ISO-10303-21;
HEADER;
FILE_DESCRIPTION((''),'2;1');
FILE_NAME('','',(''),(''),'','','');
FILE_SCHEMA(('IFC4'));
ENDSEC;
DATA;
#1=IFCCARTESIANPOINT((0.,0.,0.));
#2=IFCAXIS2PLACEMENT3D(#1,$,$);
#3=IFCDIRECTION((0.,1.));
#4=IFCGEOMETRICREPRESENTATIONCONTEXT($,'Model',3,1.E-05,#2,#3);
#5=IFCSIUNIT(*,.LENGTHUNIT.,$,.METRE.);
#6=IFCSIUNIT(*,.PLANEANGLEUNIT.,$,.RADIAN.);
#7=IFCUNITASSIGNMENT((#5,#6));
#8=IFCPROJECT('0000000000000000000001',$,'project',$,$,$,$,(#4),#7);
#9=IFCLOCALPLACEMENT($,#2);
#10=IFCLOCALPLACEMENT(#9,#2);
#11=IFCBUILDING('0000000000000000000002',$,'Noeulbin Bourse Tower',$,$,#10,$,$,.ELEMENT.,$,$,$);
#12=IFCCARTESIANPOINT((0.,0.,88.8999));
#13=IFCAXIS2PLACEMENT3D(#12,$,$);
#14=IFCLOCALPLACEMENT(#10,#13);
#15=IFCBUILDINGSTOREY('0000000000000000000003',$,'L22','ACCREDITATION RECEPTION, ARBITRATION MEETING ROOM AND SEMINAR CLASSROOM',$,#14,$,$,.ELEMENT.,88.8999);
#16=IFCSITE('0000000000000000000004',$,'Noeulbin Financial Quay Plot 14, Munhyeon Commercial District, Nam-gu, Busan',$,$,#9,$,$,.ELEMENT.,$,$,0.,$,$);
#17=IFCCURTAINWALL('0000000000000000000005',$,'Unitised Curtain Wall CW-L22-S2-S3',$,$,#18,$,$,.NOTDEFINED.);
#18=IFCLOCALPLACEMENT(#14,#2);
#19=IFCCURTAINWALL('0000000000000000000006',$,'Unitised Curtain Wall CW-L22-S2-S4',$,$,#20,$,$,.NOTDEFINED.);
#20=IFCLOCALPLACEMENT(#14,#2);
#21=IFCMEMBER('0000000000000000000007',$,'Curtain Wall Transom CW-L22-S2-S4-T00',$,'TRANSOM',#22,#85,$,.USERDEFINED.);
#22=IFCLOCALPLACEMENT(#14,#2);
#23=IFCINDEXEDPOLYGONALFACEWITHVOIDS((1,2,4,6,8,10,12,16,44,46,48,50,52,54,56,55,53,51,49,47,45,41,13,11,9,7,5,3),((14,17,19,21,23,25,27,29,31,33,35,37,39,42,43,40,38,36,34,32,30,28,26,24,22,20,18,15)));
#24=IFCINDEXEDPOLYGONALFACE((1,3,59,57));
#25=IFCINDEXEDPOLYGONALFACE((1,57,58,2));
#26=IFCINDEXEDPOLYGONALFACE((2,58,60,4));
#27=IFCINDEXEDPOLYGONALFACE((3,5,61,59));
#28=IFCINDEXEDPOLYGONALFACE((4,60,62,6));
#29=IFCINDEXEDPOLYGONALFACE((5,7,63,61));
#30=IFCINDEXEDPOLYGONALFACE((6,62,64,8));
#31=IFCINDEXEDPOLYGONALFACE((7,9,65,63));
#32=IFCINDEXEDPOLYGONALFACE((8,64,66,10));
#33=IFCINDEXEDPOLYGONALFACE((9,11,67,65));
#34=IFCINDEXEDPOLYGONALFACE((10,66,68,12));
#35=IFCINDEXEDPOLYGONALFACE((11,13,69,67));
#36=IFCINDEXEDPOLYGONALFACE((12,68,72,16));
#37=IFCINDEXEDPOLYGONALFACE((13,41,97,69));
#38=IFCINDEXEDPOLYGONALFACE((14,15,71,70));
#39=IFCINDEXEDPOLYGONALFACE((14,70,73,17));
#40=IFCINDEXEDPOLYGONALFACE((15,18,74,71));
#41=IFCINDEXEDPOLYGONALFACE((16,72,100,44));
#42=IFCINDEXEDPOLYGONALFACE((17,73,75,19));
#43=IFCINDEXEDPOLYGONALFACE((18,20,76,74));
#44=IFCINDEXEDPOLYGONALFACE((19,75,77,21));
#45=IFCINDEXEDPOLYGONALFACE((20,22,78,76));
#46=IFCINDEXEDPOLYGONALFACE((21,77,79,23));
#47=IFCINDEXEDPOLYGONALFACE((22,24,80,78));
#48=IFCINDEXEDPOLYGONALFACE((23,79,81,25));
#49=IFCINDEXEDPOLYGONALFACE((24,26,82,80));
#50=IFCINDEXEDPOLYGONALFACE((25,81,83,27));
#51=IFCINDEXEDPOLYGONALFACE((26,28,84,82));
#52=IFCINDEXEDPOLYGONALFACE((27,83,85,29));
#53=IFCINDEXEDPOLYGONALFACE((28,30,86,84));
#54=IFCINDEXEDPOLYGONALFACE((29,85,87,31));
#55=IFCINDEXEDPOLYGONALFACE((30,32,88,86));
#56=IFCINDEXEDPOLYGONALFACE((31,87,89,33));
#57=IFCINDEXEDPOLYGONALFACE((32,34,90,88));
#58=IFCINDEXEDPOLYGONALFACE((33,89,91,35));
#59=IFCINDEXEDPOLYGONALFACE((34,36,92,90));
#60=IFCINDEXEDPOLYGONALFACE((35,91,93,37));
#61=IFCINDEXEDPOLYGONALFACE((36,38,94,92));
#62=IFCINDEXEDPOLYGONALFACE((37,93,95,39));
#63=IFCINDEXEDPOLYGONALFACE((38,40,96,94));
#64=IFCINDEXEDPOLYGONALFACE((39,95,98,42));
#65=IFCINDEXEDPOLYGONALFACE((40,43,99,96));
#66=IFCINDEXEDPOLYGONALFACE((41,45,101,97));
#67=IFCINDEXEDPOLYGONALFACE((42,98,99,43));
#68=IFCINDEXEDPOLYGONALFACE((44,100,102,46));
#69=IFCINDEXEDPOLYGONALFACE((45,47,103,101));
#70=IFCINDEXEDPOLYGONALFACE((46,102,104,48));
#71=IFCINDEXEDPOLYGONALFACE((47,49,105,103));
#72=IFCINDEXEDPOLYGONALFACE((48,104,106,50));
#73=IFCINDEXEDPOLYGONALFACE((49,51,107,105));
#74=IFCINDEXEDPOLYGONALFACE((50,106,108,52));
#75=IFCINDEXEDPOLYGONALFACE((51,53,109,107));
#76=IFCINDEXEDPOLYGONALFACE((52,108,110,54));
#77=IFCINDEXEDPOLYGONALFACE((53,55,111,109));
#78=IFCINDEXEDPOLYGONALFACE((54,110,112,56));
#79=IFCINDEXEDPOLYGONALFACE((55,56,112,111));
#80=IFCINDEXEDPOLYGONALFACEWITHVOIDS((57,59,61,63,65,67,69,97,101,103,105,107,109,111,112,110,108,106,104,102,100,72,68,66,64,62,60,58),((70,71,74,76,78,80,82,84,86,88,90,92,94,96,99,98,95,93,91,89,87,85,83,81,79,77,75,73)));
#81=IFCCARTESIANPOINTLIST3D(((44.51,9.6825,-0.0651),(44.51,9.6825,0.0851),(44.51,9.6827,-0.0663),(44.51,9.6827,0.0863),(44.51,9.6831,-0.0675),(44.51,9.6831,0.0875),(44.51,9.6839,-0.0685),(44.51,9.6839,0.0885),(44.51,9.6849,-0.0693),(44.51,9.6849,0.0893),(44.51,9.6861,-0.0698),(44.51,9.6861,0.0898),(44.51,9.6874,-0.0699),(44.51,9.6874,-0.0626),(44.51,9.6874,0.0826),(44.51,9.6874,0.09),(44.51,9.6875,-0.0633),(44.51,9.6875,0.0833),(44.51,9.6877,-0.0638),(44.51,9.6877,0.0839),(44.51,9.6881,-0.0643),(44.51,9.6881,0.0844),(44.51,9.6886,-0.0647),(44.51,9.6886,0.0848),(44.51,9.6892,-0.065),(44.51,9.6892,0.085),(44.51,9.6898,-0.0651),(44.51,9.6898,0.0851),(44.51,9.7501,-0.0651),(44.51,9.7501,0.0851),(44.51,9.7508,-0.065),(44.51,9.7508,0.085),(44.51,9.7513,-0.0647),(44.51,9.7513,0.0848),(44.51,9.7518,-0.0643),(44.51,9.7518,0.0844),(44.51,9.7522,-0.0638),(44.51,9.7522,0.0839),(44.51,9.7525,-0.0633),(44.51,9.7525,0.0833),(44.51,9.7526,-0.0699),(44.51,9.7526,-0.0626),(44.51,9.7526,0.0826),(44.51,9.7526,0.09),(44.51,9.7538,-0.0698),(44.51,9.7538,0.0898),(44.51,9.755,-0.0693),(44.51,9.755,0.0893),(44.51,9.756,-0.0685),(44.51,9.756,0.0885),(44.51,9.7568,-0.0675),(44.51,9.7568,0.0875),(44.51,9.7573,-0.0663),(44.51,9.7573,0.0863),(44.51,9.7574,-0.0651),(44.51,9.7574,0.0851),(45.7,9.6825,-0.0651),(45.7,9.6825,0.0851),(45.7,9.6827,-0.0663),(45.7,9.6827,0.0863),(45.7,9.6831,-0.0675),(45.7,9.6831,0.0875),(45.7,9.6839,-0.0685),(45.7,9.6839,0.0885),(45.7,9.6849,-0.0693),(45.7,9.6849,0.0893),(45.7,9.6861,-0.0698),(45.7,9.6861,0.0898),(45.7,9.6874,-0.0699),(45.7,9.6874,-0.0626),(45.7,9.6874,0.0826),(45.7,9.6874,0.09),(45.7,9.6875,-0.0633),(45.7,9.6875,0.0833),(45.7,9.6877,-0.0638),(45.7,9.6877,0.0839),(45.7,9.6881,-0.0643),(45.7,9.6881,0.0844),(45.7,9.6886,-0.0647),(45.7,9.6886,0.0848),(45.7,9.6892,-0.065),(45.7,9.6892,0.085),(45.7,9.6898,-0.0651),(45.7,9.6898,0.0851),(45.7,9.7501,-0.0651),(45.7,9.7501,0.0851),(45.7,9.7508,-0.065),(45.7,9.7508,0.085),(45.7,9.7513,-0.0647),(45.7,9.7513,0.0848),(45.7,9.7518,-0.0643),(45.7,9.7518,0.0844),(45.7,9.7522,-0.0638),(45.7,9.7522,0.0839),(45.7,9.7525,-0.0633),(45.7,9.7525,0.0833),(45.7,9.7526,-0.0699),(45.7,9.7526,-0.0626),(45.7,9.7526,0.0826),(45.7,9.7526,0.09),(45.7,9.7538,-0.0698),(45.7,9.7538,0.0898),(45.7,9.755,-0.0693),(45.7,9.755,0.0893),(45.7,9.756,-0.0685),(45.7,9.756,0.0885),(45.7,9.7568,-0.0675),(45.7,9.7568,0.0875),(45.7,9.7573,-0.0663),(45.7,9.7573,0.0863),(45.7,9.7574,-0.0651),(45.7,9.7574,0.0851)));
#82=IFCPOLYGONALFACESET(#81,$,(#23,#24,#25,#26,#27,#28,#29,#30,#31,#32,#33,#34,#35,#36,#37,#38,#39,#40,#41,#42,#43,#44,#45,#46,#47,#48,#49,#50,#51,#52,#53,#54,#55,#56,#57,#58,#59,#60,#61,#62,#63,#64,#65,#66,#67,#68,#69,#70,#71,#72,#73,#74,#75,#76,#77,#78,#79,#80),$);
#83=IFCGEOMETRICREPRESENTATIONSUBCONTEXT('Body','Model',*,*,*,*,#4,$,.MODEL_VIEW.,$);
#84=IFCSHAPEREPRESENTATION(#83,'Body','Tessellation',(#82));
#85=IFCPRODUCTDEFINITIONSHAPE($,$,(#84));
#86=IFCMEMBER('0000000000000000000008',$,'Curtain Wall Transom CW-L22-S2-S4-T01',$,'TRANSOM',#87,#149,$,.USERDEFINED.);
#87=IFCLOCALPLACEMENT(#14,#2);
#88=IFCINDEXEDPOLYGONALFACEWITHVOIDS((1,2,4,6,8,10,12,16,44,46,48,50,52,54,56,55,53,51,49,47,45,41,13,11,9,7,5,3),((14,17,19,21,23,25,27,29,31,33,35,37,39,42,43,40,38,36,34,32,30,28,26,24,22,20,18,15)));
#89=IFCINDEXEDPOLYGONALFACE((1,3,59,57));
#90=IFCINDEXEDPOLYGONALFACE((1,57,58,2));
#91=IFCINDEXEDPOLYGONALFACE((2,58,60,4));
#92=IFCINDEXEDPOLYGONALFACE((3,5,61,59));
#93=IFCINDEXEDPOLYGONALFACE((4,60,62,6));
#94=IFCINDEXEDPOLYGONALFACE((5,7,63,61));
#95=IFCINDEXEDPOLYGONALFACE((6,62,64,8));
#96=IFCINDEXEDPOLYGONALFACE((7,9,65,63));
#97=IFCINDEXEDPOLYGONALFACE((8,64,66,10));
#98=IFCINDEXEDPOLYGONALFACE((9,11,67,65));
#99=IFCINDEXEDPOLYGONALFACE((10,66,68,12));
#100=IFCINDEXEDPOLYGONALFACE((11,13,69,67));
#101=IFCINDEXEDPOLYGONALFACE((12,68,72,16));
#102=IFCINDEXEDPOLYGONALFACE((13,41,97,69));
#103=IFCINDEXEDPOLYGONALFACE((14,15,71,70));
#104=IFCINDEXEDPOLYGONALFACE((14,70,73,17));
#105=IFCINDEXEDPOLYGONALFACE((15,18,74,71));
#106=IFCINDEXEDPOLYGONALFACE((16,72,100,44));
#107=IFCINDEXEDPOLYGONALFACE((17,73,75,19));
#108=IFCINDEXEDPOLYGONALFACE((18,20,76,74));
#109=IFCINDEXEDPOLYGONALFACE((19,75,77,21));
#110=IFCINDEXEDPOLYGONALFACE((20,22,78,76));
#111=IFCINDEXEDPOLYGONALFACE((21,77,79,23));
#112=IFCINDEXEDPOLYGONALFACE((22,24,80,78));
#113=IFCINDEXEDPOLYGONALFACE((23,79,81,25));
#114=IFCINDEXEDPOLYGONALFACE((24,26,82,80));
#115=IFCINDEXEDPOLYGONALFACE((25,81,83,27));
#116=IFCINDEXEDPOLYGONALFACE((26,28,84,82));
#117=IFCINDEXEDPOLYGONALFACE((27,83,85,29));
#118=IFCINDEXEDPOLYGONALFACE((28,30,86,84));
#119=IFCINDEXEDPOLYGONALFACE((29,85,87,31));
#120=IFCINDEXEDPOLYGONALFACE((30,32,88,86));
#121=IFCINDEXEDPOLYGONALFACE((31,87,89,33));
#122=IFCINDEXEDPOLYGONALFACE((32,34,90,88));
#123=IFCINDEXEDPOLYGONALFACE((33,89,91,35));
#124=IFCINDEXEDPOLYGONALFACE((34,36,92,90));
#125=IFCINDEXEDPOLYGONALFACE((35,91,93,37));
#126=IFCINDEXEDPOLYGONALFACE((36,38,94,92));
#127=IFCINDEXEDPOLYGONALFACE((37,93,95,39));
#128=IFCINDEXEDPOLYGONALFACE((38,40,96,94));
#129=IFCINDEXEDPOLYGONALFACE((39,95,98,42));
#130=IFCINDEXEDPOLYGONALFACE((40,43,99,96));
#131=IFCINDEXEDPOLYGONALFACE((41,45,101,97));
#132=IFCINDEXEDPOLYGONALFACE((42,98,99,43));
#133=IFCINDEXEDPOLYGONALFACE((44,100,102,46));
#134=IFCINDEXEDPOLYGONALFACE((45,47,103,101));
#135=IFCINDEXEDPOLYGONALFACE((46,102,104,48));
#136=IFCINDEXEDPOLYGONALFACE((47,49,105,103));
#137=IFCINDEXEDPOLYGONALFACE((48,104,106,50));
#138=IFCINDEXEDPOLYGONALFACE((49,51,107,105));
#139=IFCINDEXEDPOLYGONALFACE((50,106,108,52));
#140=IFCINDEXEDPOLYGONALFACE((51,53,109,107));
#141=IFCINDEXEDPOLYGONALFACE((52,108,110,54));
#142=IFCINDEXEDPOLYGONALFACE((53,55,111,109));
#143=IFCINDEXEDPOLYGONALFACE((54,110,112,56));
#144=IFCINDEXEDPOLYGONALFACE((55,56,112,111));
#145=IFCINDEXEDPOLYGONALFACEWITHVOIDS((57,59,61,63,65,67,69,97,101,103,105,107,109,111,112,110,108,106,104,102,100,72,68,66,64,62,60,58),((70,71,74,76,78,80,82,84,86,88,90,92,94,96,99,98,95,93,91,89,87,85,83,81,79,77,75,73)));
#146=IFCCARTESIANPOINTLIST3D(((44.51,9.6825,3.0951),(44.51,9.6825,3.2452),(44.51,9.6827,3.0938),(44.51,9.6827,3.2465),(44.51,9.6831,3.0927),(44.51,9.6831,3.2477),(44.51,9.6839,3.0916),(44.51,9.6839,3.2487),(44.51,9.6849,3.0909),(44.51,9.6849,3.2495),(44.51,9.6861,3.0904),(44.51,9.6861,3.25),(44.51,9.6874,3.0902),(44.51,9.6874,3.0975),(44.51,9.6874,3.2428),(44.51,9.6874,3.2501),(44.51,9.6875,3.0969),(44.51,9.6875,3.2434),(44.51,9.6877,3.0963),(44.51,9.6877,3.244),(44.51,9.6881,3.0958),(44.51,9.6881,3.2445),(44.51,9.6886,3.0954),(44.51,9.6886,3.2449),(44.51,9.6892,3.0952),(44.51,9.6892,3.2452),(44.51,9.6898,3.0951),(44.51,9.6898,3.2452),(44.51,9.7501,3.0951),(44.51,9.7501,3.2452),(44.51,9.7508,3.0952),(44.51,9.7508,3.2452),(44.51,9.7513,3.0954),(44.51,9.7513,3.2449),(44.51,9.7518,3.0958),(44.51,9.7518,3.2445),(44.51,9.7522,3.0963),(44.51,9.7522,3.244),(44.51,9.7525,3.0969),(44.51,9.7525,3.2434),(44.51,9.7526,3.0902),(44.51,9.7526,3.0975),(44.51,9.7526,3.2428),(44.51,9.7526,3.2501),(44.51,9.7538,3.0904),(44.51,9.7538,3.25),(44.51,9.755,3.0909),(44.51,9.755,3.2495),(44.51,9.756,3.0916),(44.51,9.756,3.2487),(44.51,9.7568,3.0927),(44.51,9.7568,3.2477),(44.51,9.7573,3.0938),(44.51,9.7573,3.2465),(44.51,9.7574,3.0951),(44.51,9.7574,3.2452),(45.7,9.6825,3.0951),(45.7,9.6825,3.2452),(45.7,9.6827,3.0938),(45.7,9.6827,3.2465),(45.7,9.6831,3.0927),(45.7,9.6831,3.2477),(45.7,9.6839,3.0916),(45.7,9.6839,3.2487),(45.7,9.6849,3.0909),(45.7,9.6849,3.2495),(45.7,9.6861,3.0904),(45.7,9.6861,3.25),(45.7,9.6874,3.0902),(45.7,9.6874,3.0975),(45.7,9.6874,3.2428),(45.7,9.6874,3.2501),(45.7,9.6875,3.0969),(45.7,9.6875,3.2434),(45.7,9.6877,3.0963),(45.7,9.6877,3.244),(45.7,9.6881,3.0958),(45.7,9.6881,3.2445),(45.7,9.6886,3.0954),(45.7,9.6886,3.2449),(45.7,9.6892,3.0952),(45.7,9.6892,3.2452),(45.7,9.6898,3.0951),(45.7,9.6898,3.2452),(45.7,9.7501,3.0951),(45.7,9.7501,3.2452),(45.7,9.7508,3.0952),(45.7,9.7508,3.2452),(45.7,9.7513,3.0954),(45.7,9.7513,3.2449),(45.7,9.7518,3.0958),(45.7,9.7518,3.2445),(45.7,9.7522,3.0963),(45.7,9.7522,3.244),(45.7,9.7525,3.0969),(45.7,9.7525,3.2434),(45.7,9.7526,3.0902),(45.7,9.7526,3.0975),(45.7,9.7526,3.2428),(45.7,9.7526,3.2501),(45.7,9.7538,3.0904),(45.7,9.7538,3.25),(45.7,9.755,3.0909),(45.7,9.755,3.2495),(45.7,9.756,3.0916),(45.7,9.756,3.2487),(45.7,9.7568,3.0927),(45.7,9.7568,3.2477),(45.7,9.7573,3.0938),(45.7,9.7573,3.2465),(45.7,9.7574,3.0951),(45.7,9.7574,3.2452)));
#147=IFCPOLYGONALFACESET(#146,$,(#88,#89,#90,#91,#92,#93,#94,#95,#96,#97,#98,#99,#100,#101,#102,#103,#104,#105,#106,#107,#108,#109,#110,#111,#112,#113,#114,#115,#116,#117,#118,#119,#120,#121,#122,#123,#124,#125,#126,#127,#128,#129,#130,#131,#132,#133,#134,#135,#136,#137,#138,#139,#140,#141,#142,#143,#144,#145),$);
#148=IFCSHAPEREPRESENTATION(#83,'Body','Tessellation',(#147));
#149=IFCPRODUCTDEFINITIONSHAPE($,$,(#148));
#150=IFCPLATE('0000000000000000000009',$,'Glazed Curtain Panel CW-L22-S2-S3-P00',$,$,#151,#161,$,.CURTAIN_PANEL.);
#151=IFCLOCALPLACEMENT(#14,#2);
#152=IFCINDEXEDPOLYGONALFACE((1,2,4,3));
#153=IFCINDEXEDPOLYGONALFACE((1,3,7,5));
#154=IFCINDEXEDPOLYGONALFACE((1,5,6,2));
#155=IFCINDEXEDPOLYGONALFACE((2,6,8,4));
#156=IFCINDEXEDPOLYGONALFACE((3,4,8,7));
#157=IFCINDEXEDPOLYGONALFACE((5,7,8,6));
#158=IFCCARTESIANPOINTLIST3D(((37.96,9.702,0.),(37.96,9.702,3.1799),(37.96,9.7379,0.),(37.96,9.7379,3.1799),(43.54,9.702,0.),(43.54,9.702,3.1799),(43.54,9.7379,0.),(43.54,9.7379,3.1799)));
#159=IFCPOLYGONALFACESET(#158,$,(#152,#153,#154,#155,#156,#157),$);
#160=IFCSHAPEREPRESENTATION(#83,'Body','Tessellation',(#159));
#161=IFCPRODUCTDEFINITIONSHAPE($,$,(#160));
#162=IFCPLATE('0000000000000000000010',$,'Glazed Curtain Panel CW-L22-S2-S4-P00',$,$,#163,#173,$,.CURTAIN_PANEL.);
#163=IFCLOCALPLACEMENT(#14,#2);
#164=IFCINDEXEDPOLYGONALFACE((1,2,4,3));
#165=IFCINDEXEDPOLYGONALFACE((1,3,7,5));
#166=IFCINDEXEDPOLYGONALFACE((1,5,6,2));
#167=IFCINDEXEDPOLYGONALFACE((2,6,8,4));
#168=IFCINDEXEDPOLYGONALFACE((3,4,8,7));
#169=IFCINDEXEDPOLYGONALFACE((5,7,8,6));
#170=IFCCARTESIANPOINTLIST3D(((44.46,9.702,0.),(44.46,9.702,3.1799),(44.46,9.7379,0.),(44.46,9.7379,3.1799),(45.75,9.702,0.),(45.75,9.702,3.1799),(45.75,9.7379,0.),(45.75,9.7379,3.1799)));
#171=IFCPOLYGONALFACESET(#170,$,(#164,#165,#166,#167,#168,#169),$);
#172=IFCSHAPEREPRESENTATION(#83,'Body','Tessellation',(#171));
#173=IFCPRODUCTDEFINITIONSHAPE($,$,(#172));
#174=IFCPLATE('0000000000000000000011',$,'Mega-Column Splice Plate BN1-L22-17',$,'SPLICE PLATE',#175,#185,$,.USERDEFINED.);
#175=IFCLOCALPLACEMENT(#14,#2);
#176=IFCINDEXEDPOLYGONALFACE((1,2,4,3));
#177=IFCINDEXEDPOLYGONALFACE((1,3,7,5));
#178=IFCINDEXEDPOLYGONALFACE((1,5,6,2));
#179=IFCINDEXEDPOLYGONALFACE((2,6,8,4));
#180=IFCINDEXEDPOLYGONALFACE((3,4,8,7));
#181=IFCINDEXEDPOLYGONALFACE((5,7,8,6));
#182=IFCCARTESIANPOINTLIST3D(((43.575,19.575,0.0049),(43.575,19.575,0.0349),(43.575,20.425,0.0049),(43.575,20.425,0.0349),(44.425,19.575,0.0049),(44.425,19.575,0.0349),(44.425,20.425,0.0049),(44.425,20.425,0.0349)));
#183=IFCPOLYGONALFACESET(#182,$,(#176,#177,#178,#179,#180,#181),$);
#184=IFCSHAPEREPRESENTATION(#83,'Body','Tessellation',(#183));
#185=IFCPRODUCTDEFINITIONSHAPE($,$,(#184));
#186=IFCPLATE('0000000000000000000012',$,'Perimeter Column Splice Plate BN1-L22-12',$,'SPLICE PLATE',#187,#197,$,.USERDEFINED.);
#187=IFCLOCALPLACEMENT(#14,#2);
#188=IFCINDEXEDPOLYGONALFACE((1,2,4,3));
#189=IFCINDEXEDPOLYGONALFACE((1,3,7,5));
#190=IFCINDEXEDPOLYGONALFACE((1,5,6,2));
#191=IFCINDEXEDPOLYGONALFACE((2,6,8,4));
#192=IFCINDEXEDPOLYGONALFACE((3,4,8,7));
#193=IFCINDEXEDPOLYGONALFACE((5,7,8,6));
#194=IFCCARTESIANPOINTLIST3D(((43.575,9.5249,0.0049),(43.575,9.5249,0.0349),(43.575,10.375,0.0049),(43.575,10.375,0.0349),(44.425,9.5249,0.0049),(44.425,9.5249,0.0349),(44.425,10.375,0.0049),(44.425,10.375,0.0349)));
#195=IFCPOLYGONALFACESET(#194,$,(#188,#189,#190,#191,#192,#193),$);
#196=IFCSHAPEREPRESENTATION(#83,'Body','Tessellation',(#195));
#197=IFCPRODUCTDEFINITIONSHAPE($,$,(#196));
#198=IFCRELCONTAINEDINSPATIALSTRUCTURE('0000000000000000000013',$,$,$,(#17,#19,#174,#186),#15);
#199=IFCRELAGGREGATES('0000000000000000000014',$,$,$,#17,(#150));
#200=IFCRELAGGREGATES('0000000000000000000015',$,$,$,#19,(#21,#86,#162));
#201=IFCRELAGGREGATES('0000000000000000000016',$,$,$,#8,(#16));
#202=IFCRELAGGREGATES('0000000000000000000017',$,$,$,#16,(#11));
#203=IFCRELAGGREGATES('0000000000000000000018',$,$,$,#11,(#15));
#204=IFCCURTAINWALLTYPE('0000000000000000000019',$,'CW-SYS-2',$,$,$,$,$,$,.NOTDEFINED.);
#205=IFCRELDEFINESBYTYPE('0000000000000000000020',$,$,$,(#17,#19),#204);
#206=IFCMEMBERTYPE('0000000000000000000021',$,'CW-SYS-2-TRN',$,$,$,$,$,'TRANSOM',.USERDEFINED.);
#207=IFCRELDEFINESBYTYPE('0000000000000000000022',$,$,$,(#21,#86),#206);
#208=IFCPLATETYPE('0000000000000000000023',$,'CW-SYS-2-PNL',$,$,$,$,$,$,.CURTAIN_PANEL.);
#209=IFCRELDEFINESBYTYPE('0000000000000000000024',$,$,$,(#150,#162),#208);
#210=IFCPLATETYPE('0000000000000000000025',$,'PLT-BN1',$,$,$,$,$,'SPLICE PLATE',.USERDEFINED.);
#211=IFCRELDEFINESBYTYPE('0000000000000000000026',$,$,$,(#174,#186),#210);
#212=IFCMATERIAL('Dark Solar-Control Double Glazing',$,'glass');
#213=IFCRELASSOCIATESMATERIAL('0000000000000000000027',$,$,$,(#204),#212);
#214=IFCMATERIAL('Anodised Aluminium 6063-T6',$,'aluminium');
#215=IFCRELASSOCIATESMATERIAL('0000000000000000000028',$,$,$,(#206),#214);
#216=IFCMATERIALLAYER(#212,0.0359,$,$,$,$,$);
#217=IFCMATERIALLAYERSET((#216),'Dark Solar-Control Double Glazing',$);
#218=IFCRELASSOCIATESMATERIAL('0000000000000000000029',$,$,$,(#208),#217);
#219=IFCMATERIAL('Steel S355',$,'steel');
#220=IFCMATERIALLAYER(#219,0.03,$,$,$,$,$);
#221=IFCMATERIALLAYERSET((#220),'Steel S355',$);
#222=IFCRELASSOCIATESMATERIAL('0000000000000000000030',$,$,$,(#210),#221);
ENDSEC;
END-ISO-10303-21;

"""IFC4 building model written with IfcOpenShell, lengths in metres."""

from ifc_helpers import new_model, si_unit, direction, frame, origin, origin_2d, place, context, subcontext, project, spatial, rectangle, hollow_rectangle, extrude, material, layer, layer_set, material_profile, profile_set, type_object, element, aggregate, save


model = new_model("IFC4")

# Units and contexts
model_context = context("Model", 3, precision=1e-05, world=origin(), true_north=direction((0.0, 1.0)))
body_context = subcontext(model_context, "Body", "Model", "MODEL_VIEW")
ifc_project = project(units=[si_unit("LENGTHUNIT", "METRE"), si_unit("PLANEANGLEUNIT", "RADIAN")], contexts=[model_context])

# Site, building, storey
site_placement = place(None, origin())
site = spatial("IfcSite", under=ifc_project, at=site_placement, Name="Noeulbin Financial Quay Plot 14, Munhyeon Commercial District, Nam-gu, Busan", CompositionType="ELEMENT", RefElevation=0.0)
building_placement = place(site_placement, origin())
building = spatial("IfcBuilding", under=site, at=building_placement, Name="Noeulbin Bourse Tower", CompositionType="ELEMENT")
storey_placement = place(building_placement, frame((0.0, 0.0, 88.8999)))
storey = spatial("IfcBuildingStorey", under=building, at=storey_placement, Name="L22", Description="ACCREDITATION RECEPTION, ARBITRATION MEETING ROOM AND SEMINAR CLASSROOM", CompositionType="ELEMENT", Elevation=88.8999)

# Shared definitions
ifc_material_1 = material(Name="Steel S355", Category="steel")

# Curtain wall
ifc_material_2 = material(Name="Dark Solar-Control Double Glazing", Category="glass")
curtain_wall_type = type_object("IfcCurtainWallType", Name="CW-SYS-2", PredefinedType="NOTDEFINED", material=ifc_material_2)
curtain_wall_1_placement = place(storey_placement, origin())
curtain_wall_1 = element("IfcCurtainWall", 1, at=curtain_wall_1_placement, inside=storey, type_object=curtain_wall_type, Name="Unitised Curtain Wall CW-L22-S2-S3", PredefinedType="NOTDEFINED")
ifc_material_3 = material(Name="Anodised Aluminium 6063-T6", Category="aluminium")

# Curtain wall, members
curtain_wall_2_placement = place(storey_placement, origin())
curtain_wall_2 = element("IfcCurtainWall", 2, at=curtain_wall_2_placement, inside=storey, type_object=curtain_wall_type, Name="Unitised Curtain Wall CW-L22-S2-S4", PredefinedType="NOTDEFINED")
ifc_material_profile_1 = material_profile(ifc_material_3, hollow_rectangle(XDim=0.075, YDim=0.1599, WallThickness=0.0049, InnerFilletRadius=0.0024, OuterFilletRadius=0.0049, at=origin_2d()), Name="ALU-TRAN-75x160x5", Category="LoadBearing")
ifc_profile_set_1 = profile_set([ifc_material_profile_1], Name="Anodised Aluminium 6063-T6")
member_type_1 = type_object("IfcMemberType", Name="CW-SYS-2-TRN", ElementType="TRANSOM", PredefinedType="USERDEFINED", material=ifc_profile_set_1)
member_1_placement = place(storey_placement, frame((44.51, 9.72, 0.01), z_axis=(1.0, 0.0, 0.0), x_axis=(0.0, 1.0, 0.0)))
member_1 = element("IfcMember", 3, at=member_1_placement, type_object=member_type_1, Name="Curtain Wall Transom CW-L22-S2-S4-T00", ObjectType="TRANSOM", PredefinedType="USERDEFINED", context=body_context, shape_type="SweptSolid", body=[
    extrude(hollow_rectangle(XDim=0.075, YDim=0.1599, WallThickness=0.0049, InnerFilletRadius=0.0024, OuterFilletRadius=0.0049, at=origin_2d()), origin(), (0.0, 0.0, 1.0), 1.1899),
])
member_2_placement = place(storey_placement, frame((44.51, 9.72, 3.1702), z_axis=(1.0, 0.0, 0.0), x_axis=(0.0, 1.0, 0.0)))
member_2 = element("IfcMember", 4, at=member_2_placement, type_object=member_type_1, Name="Curtain Wall Transom CW-L22-S2-S4-T01", ObjectType="TRANSOM", PredefinedType="USERDEFINED", context=body_context, shape_type="SweptSolid", body=[
    extrude(hollow_rectangle(XDim=0.075, YDim=0.1599, WallThickness=0.0049, InnerFilletRadius=0.0024, OuterFilletRadius=0.0049, at=origin_2d()), origin(), (0.0, 0.0, 1.0), 1.1899),
])

# Plates
ifc_layer_1 = layer(ifc_material_2, 0.0359)
ifc_layer_set_1 = layer_set([ifc_layer_1], Name="Dark Solar-Control Double Glazing")
plate_type_1 = type_object("IfcPlateType", Name="CW-SYS-2-PNL", PredefinedType="CURTAIN_PANEL", material=ifc_layer_set_1)
plate_1_placement = place(storey_placement, frame((40.75, 9.72, 0.0), z_axis=(0.0, 0.0, 1.0), x_axis=(1.0, 0.0, 0.0)))
plate_1 = element("IfcPlate", 5, at=plate_1_placement, type_object=plate_type_1, Name="Glazed Curtain Panel CW-L22-S2-S3-P00", PredefinedType="CURTAIN_PANEL", context=body_context, shape_type="SweptSolid", body=[
    extrude(rectangle(XDim=5.5801, YDim=0.0359, at=origin_2d()), origin(), (0.0, 0.0, 1.0), 3.1799),
])
aggregate(curtain_wall_1, [plate_1])
plate_2_placement = place(storey_placement, frame((45.105, 9.72, 0.0), z_axis=(0.0, 0.0, 1.0), x_axis=(1.0, 0.0, 0.0)))
plate_2 = element("IfcPlate", 6, at=plate_2_placement, type_object=plate_type_1, Name="Glazed Curtain Panel CW-L22-S2-S4-P00", PredefinedType="CURTAIN_PANEL", context=body_context, shape_type="SweptSolid", body=[
    extrude(rectangle(XDim=1.29, YDim=0.0359, at=origin_2d()), origin(), (0.0, 0.0, 1.0), 3.1799),
])
aggregate(curtain_wall_2, [member_1, member_2, plate_2])

# Plates
ifc_layer_2 = layer(ifc_material_1, 0.03)
ifc_layer_set_2 = layer_set([ifc_layer_2], Name="Steel S355")
plate_type_2 = type_object("IfcPlateType", Name="PLT-BN1", ElementType="SPLICE PLATE", PredefinedType="USERDEFINED", material=ifc_layer_set_2)
for number, where, z_axis, x_axis, name in (
    (7, (44.0, 20.0, 0.0049), (0.0, 0.0, 1.0), (1.0, 0.0, 0.0), "Mega-Column Splice Plate BN1-L22-17"),
    (8, (44.0, 9.95, 0.0049), (0.0, 0.0, 1.0), (1.0, 0.0, 0.0), "Perimeter Column Splice Plate BN1-L22-12"),
):
    element("IfcPlate", number, at=place(storey_placement, frame(where, z_axis=z_axis, x_axis=x_axis)), inside=storey, type_object=plate_type_2, Name=name, ObjectType="SPLICE PLATE", PredefinedType="USERDEFINED", context=body_context, shape_type="SweptSolid", body=[
        extrude(rectangle(XDim=0.8501, YDim=0.8501, at=origin_2d()), origin(), (0.0, 0.0, 1.0), 0.03),
    ])

save(model, "model.ifc")
